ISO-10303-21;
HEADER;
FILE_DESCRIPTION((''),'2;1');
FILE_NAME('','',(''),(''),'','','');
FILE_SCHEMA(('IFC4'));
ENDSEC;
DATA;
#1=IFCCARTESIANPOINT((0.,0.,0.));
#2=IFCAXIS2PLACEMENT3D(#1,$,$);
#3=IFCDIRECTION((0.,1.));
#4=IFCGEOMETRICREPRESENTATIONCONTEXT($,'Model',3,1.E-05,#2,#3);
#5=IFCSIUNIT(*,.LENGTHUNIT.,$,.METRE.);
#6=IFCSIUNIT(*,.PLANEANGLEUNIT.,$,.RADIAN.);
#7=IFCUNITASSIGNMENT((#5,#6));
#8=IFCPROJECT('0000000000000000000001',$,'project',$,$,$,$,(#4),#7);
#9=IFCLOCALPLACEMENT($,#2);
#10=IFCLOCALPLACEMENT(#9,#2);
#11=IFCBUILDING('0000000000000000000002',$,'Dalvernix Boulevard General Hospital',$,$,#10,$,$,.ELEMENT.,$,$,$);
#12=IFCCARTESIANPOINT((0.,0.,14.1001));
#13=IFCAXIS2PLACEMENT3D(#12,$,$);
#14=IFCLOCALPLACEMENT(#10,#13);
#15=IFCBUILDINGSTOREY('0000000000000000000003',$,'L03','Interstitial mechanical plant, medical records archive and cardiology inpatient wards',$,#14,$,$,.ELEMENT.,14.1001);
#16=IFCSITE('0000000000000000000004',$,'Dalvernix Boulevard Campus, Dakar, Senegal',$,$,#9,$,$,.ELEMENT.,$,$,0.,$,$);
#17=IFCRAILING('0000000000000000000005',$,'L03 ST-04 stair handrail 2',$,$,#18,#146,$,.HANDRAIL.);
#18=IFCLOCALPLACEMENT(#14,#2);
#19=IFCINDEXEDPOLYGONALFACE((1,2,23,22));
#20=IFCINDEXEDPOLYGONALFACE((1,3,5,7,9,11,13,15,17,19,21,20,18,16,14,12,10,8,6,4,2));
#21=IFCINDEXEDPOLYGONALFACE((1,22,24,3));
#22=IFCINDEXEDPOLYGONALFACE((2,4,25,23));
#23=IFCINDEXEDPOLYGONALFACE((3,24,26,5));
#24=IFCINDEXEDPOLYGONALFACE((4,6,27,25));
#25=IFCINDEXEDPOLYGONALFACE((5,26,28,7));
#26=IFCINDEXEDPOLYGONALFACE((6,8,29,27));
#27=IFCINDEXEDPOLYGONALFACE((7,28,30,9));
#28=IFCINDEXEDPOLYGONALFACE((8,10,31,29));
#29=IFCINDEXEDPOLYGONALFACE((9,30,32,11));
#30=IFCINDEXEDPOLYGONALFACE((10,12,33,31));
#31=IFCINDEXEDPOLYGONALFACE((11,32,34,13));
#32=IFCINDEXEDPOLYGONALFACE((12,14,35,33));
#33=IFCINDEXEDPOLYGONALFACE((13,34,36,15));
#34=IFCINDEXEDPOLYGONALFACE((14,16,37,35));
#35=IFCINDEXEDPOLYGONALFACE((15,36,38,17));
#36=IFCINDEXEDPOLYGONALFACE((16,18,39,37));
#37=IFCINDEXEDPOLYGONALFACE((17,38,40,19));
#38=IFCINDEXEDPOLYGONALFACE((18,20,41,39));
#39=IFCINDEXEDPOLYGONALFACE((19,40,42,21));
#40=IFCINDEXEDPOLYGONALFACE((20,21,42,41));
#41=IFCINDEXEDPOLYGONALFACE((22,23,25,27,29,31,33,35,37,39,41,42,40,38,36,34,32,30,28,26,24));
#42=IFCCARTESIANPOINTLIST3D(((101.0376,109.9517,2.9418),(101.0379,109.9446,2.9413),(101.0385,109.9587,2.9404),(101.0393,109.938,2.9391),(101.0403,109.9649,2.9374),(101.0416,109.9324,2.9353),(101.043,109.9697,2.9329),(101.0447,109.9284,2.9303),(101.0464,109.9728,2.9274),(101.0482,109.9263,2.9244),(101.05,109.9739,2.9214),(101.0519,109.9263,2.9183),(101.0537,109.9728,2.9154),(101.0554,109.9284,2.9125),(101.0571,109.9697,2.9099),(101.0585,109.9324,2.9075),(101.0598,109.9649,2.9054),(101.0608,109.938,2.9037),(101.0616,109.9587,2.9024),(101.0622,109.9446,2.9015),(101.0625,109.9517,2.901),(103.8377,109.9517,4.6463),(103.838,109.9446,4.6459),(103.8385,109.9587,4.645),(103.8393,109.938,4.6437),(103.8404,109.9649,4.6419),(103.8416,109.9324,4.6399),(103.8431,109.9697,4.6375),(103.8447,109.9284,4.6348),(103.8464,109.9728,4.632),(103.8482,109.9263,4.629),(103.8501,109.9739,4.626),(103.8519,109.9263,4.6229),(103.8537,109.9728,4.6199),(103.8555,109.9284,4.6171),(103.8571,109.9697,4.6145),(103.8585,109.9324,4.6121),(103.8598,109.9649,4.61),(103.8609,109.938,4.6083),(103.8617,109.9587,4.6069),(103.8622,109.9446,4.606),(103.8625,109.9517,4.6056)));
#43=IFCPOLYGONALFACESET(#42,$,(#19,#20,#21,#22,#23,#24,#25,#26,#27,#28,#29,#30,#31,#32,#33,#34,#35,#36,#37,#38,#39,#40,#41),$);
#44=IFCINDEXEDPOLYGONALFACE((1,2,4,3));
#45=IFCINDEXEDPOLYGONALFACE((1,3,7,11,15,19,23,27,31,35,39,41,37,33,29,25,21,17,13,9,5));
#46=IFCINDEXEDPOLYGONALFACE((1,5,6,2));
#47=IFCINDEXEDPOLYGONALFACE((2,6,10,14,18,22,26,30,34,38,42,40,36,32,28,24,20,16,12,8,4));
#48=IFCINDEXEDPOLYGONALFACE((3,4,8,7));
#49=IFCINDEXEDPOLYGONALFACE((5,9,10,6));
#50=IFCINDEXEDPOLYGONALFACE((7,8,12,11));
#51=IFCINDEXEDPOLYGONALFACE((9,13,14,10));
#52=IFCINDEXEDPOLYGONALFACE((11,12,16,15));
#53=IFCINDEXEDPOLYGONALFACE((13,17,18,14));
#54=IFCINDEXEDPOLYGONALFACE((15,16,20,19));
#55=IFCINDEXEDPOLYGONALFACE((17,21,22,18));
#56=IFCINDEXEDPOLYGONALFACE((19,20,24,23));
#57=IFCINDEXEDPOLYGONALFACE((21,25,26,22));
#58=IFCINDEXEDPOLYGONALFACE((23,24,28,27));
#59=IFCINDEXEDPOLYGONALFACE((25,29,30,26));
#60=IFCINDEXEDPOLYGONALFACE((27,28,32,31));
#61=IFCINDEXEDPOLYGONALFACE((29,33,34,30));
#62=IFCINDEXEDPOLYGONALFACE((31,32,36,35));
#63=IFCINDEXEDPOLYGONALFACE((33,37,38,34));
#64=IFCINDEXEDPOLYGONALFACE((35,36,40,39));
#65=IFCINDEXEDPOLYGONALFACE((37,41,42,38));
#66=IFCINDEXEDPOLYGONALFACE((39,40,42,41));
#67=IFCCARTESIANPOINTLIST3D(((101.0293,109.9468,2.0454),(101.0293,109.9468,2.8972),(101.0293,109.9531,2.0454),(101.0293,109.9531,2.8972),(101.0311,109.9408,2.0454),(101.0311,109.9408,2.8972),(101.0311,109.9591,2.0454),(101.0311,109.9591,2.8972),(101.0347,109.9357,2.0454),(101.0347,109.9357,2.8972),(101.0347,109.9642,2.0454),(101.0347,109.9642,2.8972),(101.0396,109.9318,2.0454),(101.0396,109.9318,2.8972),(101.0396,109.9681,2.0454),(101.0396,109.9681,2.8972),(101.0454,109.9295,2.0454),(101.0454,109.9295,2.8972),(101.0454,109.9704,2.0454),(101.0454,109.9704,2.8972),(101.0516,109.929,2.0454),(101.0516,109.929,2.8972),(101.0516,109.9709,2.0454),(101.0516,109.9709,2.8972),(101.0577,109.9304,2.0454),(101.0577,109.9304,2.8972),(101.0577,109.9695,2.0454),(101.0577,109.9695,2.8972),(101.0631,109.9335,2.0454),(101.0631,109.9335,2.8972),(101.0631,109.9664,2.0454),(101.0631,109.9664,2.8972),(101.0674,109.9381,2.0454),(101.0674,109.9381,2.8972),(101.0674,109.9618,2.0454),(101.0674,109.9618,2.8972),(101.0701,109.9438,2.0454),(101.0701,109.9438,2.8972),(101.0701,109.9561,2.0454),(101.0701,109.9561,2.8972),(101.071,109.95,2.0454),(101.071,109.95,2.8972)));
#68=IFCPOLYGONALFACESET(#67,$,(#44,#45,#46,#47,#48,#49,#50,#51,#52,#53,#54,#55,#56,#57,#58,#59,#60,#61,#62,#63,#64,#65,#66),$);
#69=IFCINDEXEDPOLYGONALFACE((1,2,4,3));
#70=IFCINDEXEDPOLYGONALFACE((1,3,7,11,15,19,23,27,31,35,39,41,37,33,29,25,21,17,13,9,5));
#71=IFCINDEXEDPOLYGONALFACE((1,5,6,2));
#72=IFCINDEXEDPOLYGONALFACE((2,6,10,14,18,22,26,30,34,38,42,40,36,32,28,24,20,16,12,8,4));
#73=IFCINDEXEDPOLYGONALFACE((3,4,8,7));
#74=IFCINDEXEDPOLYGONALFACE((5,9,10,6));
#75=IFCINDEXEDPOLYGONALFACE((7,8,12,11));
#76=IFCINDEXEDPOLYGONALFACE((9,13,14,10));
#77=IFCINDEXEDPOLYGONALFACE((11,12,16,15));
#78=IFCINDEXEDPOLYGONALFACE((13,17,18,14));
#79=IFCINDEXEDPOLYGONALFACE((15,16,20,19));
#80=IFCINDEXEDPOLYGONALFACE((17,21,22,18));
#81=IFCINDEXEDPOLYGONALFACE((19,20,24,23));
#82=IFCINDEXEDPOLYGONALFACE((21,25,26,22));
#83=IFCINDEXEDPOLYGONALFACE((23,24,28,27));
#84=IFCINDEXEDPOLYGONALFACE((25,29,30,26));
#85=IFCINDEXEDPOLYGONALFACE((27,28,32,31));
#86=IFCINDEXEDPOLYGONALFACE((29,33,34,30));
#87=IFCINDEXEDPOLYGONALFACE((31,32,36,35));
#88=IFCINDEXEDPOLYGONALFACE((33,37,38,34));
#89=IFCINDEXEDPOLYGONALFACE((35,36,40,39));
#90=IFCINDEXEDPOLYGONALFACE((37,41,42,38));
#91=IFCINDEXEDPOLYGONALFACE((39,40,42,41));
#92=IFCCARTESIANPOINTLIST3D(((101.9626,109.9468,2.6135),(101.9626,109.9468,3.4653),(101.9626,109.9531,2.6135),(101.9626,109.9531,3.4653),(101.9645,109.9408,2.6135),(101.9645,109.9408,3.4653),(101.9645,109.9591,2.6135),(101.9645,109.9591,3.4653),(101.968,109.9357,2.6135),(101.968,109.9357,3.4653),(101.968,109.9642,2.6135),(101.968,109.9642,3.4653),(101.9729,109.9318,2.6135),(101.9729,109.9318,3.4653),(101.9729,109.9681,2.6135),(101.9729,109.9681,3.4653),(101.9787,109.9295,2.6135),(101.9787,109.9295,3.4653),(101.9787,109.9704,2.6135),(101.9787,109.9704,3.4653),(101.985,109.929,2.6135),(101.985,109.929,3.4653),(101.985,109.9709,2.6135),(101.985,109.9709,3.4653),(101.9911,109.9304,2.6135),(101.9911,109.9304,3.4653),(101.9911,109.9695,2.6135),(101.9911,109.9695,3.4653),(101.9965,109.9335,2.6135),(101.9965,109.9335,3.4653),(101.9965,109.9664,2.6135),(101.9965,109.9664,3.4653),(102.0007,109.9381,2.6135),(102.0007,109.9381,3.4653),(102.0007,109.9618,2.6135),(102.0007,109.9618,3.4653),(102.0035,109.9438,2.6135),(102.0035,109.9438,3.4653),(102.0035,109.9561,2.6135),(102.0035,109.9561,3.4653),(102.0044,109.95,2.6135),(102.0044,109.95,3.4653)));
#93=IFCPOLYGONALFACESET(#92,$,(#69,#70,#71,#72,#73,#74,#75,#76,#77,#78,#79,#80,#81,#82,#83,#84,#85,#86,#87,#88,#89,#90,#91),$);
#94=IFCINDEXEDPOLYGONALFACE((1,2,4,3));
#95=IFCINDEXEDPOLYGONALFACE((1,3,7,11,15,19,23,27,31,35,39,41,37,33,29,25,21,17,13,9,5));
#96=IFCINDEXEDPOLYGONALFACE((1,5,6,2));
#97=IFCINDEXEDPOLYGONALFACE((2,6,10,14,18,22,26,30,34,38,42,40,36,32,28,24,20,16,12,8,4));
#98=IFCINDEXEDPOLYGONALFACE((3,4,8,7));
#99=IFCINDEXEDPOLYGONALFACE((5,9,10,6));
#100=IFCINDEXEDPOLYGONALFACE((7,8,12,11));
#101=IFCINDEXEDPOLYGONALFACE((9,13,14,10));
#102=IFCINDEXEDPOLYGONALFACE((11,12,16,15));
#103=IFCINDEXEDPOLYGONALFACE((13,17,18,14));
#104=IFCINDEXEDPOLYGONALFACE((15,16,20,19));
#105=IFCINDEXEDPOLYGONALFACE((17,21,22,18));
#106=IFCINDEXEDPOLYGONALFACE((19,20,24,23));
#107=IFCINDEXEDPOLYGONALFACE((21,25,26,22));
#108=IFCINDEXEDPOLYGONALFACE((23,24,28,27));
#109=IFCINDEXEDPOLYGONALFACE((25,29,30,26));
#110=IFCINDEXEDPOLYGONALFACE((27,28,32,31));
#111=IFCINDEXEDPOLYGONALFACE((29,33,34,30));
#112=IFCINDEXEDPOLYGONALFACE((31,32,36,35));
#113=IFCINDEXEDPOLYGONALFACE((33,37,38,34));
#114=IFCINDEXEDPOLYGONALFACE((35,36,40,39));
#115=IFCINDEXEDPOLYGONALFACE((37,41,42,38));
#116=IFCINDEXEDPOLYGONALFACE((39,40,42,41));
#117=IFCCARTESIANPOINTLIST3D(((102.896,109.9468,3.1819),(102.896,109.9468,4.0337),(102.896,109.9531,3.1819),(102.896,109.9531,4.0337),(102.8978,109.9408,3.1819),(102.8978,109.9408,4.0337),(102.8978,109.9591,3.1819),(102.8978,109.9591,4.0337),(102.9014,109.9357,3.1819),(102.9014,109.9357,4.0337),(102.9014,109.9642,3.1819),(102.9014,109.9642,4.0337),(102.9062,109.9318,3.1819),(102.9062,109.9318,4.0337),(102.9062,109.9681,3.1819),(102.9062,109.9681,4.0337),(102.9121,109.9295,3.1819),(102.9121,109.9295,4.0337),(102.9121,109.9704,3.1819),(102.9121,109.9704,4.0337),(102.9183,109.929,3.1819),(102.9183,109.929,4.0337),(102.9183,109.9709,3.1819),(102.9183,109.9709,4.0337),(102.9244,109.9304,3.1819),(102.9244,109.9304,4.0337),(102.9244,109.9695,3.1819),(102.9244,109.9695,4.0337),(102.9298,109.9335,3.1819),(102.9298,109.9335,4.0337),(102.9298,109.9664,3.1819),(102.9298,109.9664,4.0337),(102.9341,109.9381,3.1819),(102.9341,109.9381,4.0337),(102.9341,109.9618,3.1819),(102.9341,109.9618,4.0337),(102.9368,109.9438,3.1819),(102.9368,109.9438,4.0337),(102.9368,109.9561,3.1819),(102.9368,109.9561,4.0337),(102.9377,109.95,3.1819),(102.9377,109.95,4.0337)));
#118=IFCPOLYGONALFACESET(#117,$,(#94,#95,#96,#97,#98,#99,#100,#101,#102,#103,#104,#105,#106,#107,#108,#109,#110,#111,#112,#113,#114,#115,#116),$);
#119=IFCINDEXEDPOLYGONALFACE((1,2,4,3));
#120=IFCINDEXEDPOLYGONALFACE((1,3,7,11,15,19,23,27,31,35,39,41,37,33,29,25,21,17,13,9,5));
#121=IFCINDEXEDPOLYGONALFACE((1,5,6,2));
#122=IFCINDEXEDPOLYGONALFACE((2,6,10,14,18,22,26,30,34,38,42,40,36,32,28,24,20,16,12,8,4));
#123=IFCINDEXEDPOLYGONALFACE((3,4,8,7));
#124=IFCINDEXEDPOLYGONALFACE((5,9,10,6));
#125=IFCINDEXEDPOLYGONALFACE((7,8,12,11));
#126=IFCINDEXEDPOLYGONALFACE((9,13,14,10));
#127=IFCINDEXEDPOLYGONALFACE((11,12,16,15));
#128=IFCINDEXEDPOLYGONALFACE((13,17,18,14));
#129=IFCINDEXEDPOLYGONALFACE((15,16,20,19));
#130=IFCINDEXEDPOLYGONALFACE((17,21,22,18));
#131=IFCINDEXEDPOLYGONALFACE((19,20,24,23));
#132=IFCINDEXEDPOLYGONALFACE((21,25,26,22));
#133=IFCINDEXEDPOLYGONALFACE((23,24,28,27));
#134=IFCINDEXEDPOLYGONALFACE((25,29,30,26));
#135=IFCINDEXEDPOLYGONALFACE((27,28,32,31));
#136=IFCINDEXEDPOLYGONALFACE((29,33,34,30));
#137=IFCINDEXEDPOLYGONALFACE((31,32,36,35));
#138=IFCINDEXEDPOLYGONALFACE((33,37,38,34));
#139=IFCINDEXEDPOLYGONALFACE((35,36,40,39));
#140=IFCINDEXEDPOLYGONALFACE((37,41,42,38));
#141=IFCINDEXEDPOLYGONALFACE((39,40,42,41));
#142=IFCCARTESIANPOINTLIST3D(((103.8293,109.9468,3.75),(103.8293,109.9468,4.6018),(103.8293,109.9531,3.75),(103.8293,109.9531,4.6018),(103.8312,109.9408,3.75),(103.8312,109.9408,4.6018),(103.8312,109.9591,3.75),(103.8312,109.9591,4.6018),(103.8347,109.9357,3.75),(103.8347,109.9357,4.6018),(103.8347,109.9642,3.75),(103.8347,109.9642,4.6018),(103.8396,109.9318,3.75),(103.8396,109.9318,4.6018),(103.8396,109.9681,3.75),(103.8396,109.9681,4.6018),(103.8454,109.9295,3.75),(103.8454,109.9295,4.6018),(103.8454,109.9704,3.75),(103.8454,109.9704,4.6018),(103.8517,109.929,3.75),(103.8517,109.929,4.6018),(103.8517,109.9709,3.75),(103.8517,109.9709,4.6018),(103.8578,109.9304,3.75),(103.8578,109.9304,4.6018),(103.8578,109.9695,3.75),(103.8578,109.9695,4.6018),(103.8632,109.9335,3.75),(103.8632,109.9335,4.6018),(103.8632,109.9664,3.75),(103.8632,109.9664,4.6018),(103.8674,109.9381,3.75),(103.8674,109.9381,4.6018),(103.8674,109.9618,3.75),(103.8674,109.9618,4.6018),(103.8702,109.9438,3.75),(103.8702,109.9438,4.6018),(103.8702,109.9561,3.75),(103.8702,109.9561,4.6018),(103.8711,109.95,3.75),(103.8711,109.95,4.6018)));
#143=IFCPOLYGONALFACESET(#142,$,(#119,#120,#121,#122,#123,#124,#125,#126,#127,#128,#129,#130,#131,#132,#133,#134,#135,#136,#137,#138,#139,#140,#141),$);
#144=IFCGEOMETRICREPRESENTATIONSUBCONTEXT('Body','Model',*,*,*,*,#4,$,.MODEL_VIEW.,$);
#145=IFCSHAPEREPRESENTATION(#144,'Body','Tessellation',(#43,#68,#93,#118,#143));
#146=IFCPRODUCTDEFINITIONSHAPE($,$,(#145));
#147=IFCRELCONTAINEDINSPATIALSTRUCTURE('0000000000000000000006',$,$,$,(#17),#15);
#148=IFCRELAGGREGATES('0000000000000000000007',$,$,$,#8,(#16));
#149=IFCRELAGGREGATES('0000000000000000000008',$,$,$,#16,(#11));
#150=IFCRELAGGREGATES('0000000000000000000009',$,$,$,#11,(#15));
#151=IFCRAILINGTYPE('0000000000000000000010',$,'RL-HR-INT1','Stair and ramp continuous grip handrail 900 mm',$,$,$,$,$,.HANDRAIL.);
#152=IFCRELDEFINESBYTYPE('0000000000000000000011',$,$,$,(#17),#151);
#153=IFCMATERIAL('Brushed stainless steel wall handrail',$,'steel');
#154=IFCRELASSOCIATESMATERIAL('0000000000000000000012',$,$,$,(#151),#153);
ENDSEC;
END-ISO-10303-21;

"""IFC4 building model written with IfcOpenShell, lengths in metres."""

from ifc_helpers import new_model, si_unit, direction, frame, origin, origin_2d, place, context, subcontext, project, spatial, circle, extrude, material, type_object, element, save


model = new_model("IFC4")

# Units and contexts
model_context = context("Model", 3, precision=1e-05, world=origin(), true_north=direction((0.0, 1.0)))
body_context = subcontext(model_context, "Body", "Model", "MODEL_VIEW")
ifc_project = project(units=[si_unit("LENGTHUNIT", "METRE"), si_unit("PLANEANGLEUNIT", "RADIAN")], contexts=[model_context])

# Site, building, storey
site_placement = place(None, origin())
site = spatial("IfcSite", under=ifc_project, at=site_placement, Name="Dalvernix Boulevard Campus, Dakar, Senegal", CompositionType="ELEMENT", RefElevation=0.0)
building_placement = place(site_placement, origin())
building = spatial("IfcBuilding", under=site, at=building_placement, Name="Dalvernix Boulevard General Hospital", CompositionType="ELEMENT")
storey_placement = place(building_placement, frame((0.0, 0.0, 14.1001)))
storey = spatial("IfcBuildingStorey", under=building, at=storey_placement, Name="L03", Description="Interstitial mechanical plant, medical records archive and cardiology inpatient wards", CompositionType="ELEMENT", Elevation=14.1001)

# Railing
ifc_material_1 = material(Name="Brushed stainless steel wall handrail", Category="steel")
railing_type_1 = type_object("IfcRailingType", Name="RL-HR-INT1", Description="Stair and ramp continuous grip handrail 900 mm", PredefinedType="HANDRAIL", material=ifc_material_1)
railing_1_placement = place(storey_placement, frame((101.05, 109.95, 2.0454)))
element("IfcRailing", 1, at=railing_1_placement, inside=storey, type_object=railing_type_1, Name="L03 ST-04 stair handrail 2", PredefinedType="HANDRAIL", context=body_context, shape_type="SweptSolid", body=[
    extrude(circle(Radius=0.0239, at=origin_2d()), frame((0.0, 0.0, 0.876), z_axis=(0.85417, 0.0, 0.519994), x_axis=(0.0, 1.0, 0.0)), (0.0, 0.0, 1.0), 3.2781),
    extrude(circle(Radius=0.021, at=origin_2d()), origin(), (0.0, 0.0, 1.0), 0.8518),
    extrude(circle(Radius=0.021, at=origin_2d()), frame((0.9333, 0.0, 0.5681)), (0.0, 0.0, 1.0), 0.8518),
    extrude(circle(Radius=0.021, at=origin_2d()), frame((1.8667, 0.0, 1.1365)), (0.0, 0.0, 1.0), 0.8518),
    extrude(circle(Radius=0.021, at=origin_2d()), frame((2.8, 0.0, 1.7046)), (0.0, 0.0, 1.0), 0.8518),
])

save(model, "model.ifc")
